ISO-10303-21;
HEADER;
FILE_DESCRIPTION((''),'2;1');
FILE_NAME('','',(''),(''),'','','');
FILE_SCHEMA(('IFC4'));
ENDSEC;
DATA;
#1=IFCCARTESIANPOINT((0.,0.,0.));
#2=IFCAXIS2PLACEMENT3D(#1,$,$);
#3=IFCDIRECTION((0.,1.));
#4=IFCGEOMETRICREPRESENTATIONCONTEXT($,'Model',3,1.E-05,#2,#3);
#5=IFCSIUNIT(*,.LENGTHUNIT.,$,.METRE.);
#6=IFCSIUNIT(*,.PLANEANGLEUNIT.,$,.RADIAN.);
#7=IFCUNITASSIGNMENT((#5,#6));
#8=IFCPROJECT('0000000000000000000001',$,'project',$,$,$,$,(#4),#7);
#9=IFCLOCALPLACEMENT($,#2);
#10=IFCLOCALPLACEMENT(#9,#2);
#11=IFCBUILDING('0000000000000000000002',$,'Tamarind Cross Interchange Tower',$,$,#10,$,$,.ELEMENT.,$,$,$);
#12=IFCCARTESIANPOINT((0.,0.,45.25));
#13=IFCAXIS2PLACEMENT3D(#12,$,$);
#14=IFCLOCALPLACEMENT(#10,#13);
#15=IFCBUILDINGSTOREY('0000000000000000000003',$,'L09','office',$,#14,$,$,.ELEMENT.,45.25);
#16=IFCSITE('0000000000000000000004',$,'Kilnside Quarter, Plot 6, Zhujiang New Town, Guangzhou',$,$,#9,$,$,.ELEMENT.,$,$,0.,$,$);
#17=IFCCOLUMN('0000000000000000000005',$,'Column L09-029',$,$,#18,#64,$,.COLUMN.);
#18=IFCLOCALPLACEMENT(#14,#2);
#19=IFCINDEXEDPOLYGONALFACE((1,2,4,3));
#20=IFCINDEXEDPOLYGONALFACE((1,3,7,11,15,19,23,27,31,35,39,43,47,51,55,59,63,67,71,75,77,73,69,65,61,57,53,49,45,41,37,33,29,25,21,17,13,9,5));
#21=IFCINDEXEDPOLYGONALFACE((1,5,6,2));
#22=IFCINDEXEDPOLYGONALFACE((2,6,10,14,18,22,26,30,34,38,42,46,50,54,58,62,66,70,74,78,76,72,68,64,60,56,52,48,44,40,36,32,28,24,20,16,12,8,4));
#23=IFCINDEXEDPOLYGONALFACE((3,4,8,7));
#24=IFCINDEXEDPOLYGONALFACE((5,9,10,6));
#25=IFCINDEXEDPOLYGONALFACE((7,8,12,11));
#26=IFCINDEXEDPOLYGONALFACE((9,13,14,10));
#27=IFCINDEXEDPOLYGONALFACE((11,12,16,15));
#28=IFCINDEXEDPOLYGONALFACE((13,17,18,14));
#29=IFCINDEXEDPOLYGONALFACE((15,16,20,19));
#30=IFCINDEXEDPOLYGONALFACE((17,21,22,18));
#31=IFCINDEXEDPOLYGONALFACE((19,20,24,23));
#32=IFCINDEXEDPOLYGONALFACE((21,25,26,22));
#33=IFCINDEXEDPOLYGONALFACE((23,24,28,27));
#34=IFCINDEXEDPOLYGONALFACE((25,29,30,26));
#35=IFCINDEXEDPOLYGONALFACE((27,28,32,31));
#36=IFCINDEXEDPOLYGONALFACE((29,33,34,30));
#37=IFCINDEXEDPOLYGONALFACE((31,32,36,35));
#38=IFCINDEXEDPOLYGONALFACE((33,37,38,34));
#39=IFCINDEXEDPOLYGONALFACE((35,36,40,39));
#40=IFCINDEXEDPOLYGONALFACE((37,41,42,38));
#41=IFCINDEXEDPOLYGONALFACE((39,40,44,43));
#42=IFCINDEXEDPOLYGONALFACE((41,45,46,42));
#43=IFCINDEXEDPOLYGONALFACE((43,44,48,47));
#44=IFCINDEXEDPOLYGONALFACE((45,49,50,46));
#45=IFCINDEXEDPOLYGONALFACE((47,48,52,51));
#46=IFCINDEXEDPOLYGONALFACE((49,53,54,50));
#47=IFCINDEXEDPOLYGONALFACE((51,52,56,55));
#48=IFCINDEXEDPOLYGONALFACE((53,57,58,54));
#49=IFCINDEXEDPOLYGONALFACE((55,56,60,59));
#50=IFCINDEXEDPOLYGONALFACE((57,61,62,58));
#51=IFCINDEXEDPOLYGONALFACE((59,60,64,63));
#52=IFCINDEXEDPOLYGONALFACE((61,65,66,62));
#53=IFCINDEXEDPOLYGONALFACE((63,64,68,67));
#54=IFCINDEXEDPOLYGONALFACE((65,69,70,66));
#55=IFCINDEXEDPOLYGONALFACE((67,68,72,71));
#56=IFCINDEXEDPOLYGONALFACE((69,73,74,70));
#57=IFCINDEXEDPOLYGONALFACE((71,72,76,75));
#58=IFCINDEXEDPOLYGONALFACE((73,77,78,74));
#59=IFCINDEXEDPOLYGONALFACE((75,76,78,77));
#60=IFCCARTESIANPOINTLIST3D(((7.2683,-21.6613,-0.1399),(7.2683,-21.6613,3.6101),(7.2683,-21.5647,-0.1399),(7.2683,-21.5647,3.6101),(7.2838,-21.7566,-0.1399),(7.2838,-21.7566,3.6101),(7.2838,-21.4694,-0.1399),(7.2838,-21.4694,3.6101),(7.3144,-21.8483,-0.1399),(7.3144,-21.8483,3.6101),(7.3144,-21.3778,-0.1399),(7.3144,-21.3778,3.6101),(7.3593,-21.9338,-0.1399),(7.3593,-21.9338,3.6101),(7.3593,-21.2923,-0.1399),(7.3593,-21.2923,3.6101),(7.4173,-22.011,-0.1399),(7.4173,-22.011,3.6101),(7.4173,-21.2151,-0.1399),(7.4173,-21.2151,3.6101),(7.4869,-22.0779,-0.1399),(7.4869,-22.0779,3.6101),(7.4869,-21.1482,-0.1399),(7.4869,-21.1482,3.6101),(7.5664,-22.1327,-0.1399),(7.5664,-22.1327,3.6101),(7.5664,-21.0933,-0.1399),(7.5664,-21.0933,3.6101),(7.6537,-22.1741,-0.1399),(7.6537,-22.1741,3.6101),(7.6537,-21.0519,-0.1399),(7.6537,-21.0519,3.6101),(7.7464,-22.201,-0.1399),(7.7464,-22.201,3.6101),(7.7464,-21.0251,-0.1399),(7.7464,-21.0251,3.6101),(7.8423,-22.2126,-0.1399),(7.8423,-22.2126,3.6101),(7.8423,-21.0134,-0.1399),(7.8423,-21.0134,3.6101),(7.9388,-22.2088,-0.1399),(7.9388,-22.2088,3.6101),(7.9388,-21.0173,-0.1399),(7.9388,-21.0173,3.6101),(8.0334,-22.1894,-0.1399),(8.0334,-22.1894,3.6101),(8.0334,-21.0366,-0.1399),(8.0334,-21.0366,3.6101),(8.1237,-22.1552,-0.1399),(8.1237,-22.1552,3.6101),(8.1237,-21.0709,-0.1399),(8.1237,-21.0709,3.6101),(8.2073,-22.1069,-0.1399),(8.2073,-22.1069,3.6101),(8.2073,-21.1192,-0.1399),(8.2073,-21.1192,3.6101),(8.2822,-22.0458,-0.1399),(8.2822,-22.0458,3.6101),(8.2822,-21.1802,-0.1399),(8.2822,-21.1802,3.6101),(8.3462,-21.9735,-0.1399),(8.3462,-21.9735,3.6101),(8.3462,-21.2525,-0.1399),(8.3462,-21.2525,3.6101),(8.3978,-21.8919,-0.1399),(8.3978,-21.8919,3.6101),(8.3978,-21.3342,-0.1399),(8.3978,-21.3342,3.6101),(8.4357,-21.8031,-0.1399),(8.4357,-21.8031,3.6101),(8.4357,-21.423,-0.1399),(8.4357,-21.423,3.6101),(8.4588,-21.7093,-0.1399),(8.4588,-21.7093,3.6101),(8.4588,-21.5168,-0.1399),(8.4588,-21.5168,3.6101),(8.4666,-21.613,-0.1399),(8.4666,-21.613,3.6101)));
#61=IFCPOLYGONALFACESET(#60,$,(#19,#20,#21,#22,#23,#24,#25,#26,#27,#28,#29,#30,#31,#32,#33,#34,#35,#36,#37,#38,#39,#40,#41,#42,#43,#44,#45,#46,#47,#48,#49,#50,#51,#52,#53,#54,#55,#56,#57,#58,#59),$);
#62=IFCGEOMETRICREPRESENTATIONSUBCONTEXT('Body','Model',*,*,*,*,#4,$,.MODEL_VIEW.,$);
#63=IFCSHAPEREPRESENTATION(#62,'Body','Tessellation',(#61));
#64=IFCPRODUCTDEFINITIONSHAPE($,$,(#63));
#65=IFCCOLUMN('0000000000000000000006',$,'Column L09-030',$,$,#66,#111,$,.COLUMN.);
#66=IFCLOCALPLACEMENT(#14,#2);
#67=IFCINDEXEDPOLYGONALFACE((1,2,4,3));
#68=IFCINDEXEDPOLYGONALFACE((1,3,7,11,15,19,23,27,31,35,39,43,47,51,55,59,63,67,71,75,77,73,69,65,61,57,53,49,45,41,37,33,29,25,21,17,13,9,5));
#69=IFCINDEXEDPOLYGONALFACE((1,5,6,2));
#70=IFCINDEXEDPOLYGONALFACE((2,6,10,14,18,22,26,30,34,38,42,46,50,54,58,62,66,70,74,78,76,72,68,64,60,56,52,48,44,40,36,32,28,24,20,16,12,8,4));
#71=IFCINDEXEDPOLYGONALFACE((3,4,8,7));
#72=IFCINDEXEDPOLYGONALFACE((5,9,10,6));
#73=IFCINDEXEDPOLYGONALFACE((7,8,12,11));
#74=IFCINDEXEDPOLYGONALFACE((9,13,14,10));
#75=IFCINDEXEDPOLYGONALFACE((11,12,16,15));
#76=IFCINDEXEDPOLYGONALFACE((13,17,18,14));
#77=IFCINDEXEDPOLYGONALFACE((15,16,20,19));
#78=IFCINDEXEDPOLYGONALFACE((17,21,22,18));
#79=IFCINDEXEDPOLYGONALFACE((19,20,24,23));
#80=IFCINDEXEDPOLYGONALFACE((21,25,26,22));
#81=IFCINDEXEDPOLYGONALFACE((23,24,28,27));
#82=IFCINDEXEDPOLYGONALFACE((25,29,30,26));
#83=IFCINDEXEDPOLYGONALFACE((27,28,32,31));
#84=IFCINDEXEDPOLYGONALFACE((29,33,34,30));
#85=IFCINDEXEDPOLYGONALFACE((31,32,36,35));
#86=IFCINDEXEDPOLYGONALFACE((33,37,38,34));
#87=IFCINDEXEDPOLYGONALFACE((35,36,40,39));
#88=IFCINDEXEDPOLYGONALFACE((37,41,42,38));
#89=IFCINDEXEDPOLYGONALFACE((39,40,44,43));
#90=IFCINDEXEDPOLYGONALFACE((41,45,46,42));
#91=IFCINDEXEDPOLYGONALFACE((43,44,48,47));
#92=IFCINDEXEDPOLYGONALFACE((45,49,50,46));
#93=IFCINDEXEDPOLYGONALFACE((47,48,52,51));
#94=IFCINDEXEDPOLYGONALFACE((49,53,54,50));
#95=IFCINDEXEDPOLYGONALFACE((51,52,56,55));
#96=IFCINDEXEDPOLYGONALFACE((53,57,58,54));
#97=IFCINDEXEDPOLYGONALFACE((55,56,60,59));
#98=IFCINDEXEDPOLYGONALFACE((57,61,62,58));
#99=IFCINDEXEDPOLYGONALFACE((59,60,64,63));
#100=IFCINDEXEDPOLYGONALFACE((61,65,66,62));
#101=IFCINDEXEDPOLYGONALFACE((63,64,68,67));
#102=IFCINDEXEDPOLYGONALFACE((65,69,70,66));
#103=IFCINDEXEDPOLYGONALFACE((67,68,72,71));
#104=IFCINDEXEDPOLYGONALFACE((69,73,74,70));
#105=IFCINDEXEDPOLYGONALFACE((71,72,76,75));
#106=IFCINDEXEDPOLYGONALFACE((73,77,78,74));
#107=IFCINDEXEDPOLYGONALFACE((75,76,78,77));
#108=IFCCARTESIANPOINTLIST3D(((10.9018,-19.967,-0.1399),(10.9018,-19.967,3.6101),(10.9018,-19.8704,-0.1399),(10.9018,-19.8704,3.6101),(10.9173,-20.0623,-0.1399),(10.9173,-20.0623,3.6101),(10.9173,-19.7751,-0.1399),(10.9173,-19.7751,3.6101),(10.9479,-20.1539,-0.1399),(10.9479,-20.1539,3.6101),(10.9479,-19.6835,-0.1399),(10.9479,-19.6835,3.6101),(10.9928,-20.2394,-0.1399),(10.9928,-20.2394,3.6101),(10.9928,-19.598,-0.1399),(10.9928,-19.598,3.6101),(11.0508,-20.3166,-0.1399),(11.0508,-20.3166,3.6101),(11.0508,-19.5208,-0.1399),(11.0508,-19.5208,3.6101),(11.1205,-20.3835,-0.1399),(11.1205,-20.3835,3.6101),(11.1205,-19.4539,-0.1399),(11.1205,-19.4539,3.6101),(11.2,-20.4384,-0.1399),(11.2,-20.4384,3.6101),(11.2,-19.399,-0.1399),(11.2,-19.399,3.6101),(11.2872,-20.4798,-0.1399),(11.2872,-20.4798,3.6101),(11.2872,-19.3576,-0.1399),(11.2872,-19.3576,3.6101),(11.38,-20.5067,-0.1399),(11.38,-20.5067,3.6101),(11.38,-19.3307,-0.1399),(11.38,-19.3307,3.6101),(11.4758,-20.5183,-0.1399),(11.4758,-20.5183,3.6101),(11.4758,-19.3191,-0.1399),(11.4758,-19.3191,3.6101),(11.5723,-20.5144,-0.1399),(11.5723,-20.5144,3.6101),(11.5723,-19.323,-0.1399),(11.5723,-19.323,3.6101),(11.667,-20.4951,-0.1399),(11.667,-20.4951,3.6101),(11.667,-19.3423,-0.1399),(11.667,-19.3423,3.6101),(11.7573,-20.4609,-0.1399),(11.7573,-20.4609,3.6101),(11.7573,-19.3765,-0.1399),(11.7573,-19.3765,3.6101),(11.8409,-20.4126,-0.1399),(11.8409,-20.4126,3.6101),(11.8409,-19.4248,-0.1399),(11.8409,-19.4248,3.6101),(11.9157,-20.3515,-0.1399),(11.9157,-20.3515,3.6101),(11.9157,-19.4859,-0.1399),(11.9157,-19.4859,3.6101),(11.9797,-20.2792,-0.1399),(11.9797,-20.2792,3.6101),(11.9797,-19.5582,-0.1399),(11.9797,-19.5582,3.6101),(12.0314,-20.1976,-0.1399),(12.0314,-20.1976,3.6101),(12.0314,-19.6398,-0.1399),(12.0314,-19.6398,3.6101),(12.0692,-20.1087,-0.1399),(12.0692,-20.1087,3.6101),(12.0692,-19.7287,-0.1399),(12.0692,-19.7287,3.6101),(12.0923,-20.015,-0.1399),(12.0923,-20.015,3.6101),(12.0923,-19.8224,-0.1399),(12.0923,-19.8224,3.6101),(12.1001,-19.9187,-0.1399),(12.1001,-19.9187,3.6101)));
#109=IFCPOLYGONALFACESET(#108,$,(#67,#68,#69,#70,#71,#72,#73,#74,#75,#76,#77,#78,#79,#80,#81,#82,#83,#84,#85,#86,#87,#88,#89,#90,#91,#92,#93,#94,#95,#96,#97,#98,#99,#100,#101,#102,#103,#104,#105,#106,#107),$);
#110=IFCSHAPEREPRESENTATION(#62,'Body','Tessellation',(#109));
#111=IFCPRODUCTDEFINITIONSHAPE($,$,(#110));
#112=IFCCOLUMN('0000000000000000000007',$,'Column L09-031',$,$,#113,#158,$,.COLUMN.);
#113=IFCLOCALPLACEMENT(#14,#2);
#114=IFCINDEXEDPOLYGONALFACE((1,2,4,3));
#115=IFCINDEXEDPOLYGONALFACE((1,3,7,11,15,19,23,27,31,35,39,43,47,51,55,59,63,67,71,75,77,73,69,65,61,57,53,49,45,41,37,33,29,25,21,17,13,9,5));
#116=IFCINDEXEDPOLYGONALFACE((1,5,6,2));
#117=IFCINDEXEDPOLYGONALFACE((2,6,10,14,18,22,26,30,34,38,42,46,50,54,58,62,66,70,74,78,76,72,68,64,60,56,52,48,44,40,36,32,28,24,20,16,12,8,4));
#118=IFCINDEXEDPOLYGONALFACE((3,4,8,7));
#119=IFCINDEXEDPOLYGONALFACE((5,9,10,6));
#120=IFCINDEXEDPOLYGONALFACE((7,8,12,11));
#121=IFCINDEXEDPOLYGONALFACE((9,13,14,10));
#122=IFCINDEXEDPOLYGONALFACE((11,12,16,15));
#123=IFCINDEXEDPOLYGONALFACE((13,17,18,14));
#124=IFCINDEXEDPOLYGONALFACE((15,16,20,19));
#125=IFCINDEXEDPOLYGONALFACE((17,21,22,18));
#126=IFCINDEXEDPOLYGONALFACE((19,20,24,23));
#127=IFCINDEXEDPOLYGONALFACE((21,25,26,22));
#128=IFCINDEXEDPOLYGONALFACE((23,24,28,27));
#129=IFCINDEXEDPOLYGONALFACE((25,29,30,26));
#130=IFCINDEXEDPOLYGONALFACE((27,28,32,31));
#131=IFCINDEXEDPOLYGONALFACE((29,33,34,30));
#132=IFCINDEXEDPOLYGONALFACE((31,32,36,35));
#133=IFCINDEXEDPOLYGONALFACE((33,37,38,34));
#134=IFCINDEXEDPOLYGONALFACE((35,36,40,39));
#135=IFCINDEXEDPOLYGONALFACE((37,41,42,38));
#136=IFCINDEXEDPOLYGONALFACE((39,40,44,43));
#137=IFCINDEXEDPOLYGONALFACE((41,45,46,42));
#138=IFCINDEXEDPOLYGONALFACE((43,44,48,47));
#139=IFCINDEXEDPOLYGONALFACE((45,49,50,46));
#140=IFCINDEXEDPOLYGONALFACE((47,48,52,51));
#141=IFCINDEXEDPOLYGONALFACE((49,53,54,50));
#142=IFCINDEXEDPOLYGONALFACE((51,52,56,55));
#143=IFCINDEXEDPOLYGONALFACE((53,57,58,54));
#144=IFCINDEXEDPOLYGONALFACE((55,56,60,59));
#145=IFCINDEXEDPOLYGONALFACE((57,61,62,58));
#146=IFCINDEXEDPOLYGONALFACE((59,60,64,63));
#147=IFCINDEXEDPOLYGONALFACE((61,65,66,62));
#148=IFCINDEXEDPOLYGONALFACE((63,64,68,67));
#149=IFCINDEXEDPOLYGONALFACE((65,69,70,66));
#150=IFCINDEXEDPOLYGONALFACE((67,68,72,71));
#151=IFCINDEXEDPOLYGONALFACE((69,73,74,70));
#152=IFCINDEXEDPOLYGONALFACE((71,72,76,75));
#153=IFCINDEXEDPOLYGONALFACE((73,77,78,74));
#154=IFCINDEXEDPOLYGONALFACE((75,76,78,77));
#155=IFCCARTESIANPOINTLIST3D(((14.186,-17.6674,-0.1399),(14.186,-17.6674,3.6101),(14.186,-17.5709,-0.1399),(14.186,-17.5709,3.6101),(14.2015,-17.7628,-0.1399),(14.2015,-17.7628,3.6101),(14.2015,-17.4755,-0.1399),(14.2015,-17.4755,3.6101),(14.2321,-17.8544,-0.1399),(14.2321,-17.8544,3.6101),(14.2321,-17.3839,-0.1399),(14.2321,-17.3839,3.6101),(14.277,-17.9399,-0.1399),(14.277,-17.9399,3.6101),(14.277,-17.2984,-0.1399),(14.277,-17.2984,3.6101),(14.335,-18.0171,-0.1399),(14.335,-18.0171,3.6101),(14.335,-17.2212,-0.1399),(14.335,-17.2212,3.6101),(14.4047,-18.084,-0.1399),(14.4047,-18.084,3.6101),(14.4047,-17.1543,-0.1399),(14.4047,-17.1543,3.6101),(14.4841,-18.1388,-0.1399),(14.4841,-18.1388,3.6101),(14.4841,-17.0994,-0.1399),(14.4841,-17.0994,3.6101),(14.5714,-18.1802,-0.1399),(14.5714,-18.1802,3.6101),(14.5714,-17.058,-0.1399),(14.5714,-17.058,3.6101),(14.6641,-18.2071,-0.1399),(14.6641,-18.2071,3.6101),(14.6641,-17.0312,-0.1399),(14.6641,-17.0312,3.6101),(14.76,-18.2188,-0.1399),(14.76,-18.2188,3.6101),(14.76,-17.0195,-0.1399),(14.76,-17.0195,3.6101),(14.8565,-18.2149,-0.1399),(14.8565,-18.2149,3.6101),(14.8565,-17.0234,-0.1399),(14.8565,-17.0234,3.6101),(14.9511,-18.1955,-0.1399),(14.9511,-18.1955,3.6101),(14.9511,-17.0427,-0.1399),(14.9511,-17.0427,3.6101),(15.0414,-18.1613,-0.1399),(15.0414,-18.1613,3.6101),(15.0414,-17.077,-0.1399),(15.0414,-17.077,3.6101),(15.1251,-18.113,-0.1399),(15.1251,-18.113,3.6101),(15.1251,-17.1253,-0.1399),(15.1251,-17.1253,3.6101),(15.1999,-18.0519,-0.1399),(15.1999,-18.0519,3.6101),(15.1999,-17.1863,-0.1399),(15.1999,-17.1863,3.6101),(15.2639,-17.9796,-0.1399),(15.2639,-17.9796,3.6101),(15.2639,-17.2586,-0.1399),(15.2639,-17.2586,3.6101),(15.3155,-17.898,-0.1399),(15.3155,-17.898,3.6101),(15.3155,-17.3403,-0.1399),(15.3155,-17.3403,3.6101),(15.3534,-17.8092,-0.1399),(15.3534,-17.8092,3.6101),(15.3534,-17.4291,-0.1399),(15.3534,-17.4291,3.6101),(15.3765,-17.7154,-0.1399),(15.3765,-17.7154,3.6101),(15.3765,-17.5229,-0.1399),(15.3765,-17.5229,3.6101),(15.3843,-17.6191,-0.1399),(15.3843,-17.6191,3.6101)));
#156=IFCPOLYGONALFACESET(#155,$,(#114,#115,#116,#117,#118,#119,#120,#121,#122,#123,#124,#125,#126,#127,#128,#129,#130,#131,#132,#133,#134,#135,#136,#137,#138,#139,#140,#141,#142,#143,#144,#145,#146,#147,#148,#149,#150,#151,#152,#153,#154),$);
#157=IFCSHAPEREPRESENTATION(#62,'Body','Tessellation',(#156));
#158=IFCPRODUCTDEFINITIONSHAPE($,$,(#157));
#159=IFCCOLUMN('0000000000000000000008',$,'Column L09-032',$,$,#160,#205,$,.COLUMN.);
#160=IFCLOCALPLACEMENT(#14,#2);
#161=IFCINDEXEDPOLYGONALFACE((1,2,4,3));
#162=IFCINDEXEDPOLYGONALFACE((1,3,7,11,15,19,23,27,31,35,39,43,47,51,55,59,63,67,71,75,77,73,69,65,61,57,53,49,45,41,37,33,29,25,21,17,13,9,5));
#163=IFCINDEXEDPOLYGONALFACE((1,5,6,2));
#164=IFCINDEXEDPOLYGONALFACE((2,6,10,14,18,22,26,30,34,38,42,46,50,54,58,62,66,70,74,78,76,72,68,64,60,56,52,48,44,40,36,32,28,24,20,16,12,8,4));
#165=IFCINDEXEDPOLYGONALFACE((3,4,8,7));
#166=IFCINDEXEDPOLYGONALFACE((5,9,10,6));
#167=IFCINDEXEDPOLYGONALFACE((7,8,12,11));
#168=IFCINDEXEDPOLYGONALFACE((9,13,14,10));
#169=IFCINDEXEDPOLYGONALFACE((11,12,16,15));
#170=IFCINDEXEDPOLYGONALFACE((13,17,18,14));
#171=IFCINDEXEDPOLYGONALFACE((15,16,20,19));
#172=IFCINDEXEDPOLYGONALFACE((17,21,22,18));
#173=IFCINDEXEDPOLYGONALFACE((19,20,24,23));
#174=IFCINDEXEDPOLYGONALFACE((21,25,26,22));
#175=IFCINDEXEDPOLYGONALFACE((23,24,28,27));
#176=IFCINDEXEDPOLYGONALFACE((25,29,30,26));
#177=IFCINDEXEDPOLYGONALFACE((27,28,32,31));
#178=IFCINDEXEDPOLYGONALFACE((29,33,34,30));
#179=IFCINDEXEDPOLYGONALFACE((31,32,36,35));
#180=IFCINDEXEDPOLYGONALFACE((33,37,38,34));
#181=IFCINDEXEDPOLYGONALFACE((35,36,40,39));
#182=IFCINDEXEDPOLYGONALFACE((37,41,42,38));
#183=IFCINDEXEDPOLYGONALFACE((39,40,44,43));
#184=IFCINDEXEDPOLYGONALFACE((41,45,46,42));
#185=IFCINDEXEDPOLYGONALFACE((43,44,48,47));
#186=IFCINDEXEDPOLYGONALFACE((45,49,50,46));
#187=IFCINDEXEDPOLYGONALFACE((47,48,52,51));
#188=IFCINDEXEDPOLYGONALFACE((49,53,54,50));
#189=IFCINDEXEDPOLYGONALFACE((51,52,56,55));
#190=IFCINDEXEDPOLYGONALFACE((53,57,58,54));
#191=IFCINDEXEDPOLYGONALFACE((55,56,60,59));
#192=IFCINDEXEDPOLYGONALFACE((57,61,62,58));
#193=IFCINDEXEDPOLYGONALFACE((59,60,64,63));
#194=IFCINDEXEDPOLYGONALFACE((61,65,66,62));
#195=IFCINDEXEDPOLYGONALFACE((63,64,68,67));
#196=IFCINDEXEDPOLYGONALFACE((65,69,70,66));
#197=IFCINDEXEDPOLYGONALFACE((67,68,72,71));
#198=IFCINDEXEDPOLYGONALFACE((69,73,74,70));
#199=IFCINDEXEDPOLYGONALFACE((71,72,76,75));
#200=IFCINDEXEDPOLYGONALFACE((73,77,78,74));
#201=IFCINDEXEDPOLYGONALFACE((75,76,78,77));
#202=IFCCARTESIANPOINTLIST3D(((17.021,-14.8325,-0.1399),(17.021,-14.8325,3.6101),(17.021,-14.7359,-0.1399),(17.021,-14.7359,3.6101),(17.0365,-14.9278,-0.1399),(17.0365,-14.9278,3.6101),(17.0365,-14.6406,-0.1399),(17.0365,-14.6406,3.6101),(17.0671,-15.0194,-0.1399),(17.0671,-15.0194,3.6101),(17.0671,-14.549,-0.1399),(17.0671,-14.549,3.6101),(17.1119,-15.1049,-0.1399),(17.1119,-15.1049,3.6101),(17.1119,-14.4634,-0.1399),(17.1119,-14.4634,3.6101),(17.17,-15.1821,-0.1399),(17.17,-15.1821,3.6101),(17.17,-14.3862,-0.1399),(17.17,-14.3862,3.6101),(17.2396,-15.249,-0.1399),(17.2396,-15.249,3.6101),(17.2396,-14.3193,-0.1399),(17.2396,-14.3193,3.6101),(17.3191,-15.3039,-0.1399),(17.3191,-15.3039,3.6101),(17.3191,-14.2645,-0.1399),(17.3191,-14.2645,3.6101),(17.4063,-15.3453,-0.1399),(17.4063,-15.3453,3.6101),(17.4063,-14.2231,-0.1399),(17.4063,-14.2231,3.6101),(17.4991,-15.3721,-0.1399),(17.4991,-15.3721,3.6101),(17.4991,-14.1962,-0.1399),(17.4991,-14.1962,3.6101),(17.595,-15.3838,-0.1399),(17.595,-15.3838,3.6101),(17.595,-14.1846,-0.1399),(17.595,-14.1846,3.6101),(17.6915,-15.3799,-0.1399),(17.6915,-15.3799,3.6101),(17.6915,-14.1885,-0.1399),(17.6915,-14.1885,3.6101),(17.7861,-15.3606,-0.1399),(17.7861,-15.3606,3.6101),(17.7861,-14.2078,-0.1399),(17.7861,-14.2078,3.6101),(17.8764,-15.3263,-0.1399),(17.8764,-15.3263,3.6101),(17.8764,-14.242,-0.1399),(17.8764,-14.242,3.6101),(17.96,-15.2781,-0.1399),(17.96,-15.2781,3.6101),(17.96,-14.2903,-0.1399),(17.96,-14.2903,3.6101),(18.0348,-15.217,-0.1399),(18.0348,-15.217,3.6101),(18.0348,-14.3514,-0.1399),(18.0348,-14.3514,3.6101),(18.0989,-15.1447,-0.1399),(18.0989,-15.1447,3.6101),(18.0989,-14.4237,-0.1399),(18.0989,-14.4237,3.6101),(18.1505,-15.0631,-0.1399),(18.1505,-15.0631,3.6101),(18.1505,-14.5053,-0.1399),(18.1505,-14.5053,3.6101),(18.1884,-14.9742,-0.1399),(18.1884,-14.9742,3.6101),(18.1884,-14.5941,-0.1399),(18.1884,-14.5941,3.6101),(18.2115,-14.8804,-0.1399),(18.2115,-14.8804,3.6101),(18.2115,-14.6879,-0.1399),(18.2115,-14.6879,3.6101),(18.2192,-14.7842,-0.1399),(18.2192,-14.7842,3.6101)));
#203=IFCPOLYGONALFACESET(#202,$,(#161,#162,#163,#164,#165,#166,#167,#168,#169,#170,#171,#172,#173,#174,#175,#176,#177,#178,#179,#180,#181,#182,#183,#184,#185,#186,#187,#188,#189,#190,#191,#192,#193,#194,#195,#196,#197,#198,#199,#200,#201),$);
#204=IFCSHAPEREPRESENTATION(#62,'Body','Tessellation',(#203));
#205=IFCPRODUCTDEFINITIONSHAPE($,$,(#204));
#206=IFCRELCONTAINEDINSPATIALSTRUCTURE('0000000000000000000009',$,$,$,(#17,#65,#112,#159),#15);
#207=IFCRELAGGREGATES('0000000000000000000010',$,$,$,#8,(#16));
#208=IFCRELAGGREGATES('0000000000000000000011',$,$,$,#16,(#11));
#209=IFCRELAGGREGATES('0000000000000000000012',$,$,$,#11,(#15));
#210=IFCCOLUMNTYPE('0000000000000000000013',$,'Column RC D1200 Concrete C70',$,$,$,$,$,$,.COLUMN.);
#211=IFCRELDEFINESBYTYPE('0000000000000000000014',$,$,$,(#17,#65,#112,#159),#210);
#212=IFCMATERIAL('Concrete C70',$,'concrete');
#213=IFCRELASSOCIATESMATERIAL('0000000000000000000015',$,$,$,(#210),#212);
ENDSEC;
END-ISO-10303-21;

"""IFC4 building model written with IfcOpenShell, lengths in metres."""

from ifc_helpers import new_model, si_unit, direction, frame, origin, origin_2d, place, context, subcontext, project, spatial, circle, extrude, material, material_profile, profile_set, type_object, element, save


model = new_model("IFC4")

# Units and contexts
model_context = context("Model", 3, precision=1e-05, world=origin(), true_north=direction((0.0, 1.0)))
body_context = subcontext(model_context, "Body", "Model", "MODEL_VIEW")
ifc_project = project(units=[si_unit("LENGTHUNIT", "METRE"), si_unit("PLANEANGLEUNIT", "RADIAN")], contexts=[model_context])

# Site, building, storey
site_placement = place(None, origin())
site = spatial("IfcSite", under=ifc_project, at=site_placement, Name="Kilnside Quarter, Plot 6, Zhujiang New Town, Guangzhou", CompositionType="ELEMENT", RefElevation=0.0)
building_placement = place(site_placement, origin())
building = spatial("IfcBuilding", under=site, at=building_placement, Name="Tamarind Cross Interchange Tower", CompositionType="ELEMENT")
storey_placement = place(building_placement, frame((0.0, 0.0, 45.25)))
storey = spatial("IfcBuildingStorey", under=building, at=storey_placement, Name="L09", Description="office", CompositionType="ELEMENT", Elevation=45.25)

# Columns
ifc_material_1 = material(Name="Concrete C70", Category="concrete")
ifc_material_profile_1 = material_profile(ifc_material_1, circle(Radius=0.6001, at=origin_2d()), Name="RC D1200")
ifc_profile_set_1 = profile_set([ifc_material_profile_1], Name="Concrete C70")
column_type = type_object("IfcColumnType", Name="Column RC D1200 Concrete C70", PredefinedType="COLUMN", material=ifc_profile_set_1)
for number, where, z_axis, x_axis, name in (
    (1, (7.8665, -21.613, -0.1399), (0.0, 0.0, 1.0), (1.0, 0.0, 0.0), "Column L09-029"),
    (2, (11.5, -19.9187, -0.1399), (0.0, 0.0, 1.0), (1.0, 0.0, 0.0), "Column L09-030"),
    (3, (14.7842, -17.6191, -0.1399), (0.0, 0.0, 1.0), (1.0, 0.0, 0.0), "Column L09-031"),
    (4, (17.6191, -14.7842, -0.1399), (0.0, 0.0, 1.0), (1.0, 0.0, 0.0), "Column L09-032"),
):
    element("IfcColumn", number, at=place(storey_placement, frame(where, z_axis=z_axis, x_axis=x_axis)), inside=storey, type_object=column_type, Name=name, PredefinedType="COLUMN", context=body_context, shape_type="SweptSolid", body=[
        extrude(circle(Radius=0.6001, at=origin_2d()), origin(), (0.0, 0.0, 1.0), 3.75),
    ])

save(model, "model.ifc")
